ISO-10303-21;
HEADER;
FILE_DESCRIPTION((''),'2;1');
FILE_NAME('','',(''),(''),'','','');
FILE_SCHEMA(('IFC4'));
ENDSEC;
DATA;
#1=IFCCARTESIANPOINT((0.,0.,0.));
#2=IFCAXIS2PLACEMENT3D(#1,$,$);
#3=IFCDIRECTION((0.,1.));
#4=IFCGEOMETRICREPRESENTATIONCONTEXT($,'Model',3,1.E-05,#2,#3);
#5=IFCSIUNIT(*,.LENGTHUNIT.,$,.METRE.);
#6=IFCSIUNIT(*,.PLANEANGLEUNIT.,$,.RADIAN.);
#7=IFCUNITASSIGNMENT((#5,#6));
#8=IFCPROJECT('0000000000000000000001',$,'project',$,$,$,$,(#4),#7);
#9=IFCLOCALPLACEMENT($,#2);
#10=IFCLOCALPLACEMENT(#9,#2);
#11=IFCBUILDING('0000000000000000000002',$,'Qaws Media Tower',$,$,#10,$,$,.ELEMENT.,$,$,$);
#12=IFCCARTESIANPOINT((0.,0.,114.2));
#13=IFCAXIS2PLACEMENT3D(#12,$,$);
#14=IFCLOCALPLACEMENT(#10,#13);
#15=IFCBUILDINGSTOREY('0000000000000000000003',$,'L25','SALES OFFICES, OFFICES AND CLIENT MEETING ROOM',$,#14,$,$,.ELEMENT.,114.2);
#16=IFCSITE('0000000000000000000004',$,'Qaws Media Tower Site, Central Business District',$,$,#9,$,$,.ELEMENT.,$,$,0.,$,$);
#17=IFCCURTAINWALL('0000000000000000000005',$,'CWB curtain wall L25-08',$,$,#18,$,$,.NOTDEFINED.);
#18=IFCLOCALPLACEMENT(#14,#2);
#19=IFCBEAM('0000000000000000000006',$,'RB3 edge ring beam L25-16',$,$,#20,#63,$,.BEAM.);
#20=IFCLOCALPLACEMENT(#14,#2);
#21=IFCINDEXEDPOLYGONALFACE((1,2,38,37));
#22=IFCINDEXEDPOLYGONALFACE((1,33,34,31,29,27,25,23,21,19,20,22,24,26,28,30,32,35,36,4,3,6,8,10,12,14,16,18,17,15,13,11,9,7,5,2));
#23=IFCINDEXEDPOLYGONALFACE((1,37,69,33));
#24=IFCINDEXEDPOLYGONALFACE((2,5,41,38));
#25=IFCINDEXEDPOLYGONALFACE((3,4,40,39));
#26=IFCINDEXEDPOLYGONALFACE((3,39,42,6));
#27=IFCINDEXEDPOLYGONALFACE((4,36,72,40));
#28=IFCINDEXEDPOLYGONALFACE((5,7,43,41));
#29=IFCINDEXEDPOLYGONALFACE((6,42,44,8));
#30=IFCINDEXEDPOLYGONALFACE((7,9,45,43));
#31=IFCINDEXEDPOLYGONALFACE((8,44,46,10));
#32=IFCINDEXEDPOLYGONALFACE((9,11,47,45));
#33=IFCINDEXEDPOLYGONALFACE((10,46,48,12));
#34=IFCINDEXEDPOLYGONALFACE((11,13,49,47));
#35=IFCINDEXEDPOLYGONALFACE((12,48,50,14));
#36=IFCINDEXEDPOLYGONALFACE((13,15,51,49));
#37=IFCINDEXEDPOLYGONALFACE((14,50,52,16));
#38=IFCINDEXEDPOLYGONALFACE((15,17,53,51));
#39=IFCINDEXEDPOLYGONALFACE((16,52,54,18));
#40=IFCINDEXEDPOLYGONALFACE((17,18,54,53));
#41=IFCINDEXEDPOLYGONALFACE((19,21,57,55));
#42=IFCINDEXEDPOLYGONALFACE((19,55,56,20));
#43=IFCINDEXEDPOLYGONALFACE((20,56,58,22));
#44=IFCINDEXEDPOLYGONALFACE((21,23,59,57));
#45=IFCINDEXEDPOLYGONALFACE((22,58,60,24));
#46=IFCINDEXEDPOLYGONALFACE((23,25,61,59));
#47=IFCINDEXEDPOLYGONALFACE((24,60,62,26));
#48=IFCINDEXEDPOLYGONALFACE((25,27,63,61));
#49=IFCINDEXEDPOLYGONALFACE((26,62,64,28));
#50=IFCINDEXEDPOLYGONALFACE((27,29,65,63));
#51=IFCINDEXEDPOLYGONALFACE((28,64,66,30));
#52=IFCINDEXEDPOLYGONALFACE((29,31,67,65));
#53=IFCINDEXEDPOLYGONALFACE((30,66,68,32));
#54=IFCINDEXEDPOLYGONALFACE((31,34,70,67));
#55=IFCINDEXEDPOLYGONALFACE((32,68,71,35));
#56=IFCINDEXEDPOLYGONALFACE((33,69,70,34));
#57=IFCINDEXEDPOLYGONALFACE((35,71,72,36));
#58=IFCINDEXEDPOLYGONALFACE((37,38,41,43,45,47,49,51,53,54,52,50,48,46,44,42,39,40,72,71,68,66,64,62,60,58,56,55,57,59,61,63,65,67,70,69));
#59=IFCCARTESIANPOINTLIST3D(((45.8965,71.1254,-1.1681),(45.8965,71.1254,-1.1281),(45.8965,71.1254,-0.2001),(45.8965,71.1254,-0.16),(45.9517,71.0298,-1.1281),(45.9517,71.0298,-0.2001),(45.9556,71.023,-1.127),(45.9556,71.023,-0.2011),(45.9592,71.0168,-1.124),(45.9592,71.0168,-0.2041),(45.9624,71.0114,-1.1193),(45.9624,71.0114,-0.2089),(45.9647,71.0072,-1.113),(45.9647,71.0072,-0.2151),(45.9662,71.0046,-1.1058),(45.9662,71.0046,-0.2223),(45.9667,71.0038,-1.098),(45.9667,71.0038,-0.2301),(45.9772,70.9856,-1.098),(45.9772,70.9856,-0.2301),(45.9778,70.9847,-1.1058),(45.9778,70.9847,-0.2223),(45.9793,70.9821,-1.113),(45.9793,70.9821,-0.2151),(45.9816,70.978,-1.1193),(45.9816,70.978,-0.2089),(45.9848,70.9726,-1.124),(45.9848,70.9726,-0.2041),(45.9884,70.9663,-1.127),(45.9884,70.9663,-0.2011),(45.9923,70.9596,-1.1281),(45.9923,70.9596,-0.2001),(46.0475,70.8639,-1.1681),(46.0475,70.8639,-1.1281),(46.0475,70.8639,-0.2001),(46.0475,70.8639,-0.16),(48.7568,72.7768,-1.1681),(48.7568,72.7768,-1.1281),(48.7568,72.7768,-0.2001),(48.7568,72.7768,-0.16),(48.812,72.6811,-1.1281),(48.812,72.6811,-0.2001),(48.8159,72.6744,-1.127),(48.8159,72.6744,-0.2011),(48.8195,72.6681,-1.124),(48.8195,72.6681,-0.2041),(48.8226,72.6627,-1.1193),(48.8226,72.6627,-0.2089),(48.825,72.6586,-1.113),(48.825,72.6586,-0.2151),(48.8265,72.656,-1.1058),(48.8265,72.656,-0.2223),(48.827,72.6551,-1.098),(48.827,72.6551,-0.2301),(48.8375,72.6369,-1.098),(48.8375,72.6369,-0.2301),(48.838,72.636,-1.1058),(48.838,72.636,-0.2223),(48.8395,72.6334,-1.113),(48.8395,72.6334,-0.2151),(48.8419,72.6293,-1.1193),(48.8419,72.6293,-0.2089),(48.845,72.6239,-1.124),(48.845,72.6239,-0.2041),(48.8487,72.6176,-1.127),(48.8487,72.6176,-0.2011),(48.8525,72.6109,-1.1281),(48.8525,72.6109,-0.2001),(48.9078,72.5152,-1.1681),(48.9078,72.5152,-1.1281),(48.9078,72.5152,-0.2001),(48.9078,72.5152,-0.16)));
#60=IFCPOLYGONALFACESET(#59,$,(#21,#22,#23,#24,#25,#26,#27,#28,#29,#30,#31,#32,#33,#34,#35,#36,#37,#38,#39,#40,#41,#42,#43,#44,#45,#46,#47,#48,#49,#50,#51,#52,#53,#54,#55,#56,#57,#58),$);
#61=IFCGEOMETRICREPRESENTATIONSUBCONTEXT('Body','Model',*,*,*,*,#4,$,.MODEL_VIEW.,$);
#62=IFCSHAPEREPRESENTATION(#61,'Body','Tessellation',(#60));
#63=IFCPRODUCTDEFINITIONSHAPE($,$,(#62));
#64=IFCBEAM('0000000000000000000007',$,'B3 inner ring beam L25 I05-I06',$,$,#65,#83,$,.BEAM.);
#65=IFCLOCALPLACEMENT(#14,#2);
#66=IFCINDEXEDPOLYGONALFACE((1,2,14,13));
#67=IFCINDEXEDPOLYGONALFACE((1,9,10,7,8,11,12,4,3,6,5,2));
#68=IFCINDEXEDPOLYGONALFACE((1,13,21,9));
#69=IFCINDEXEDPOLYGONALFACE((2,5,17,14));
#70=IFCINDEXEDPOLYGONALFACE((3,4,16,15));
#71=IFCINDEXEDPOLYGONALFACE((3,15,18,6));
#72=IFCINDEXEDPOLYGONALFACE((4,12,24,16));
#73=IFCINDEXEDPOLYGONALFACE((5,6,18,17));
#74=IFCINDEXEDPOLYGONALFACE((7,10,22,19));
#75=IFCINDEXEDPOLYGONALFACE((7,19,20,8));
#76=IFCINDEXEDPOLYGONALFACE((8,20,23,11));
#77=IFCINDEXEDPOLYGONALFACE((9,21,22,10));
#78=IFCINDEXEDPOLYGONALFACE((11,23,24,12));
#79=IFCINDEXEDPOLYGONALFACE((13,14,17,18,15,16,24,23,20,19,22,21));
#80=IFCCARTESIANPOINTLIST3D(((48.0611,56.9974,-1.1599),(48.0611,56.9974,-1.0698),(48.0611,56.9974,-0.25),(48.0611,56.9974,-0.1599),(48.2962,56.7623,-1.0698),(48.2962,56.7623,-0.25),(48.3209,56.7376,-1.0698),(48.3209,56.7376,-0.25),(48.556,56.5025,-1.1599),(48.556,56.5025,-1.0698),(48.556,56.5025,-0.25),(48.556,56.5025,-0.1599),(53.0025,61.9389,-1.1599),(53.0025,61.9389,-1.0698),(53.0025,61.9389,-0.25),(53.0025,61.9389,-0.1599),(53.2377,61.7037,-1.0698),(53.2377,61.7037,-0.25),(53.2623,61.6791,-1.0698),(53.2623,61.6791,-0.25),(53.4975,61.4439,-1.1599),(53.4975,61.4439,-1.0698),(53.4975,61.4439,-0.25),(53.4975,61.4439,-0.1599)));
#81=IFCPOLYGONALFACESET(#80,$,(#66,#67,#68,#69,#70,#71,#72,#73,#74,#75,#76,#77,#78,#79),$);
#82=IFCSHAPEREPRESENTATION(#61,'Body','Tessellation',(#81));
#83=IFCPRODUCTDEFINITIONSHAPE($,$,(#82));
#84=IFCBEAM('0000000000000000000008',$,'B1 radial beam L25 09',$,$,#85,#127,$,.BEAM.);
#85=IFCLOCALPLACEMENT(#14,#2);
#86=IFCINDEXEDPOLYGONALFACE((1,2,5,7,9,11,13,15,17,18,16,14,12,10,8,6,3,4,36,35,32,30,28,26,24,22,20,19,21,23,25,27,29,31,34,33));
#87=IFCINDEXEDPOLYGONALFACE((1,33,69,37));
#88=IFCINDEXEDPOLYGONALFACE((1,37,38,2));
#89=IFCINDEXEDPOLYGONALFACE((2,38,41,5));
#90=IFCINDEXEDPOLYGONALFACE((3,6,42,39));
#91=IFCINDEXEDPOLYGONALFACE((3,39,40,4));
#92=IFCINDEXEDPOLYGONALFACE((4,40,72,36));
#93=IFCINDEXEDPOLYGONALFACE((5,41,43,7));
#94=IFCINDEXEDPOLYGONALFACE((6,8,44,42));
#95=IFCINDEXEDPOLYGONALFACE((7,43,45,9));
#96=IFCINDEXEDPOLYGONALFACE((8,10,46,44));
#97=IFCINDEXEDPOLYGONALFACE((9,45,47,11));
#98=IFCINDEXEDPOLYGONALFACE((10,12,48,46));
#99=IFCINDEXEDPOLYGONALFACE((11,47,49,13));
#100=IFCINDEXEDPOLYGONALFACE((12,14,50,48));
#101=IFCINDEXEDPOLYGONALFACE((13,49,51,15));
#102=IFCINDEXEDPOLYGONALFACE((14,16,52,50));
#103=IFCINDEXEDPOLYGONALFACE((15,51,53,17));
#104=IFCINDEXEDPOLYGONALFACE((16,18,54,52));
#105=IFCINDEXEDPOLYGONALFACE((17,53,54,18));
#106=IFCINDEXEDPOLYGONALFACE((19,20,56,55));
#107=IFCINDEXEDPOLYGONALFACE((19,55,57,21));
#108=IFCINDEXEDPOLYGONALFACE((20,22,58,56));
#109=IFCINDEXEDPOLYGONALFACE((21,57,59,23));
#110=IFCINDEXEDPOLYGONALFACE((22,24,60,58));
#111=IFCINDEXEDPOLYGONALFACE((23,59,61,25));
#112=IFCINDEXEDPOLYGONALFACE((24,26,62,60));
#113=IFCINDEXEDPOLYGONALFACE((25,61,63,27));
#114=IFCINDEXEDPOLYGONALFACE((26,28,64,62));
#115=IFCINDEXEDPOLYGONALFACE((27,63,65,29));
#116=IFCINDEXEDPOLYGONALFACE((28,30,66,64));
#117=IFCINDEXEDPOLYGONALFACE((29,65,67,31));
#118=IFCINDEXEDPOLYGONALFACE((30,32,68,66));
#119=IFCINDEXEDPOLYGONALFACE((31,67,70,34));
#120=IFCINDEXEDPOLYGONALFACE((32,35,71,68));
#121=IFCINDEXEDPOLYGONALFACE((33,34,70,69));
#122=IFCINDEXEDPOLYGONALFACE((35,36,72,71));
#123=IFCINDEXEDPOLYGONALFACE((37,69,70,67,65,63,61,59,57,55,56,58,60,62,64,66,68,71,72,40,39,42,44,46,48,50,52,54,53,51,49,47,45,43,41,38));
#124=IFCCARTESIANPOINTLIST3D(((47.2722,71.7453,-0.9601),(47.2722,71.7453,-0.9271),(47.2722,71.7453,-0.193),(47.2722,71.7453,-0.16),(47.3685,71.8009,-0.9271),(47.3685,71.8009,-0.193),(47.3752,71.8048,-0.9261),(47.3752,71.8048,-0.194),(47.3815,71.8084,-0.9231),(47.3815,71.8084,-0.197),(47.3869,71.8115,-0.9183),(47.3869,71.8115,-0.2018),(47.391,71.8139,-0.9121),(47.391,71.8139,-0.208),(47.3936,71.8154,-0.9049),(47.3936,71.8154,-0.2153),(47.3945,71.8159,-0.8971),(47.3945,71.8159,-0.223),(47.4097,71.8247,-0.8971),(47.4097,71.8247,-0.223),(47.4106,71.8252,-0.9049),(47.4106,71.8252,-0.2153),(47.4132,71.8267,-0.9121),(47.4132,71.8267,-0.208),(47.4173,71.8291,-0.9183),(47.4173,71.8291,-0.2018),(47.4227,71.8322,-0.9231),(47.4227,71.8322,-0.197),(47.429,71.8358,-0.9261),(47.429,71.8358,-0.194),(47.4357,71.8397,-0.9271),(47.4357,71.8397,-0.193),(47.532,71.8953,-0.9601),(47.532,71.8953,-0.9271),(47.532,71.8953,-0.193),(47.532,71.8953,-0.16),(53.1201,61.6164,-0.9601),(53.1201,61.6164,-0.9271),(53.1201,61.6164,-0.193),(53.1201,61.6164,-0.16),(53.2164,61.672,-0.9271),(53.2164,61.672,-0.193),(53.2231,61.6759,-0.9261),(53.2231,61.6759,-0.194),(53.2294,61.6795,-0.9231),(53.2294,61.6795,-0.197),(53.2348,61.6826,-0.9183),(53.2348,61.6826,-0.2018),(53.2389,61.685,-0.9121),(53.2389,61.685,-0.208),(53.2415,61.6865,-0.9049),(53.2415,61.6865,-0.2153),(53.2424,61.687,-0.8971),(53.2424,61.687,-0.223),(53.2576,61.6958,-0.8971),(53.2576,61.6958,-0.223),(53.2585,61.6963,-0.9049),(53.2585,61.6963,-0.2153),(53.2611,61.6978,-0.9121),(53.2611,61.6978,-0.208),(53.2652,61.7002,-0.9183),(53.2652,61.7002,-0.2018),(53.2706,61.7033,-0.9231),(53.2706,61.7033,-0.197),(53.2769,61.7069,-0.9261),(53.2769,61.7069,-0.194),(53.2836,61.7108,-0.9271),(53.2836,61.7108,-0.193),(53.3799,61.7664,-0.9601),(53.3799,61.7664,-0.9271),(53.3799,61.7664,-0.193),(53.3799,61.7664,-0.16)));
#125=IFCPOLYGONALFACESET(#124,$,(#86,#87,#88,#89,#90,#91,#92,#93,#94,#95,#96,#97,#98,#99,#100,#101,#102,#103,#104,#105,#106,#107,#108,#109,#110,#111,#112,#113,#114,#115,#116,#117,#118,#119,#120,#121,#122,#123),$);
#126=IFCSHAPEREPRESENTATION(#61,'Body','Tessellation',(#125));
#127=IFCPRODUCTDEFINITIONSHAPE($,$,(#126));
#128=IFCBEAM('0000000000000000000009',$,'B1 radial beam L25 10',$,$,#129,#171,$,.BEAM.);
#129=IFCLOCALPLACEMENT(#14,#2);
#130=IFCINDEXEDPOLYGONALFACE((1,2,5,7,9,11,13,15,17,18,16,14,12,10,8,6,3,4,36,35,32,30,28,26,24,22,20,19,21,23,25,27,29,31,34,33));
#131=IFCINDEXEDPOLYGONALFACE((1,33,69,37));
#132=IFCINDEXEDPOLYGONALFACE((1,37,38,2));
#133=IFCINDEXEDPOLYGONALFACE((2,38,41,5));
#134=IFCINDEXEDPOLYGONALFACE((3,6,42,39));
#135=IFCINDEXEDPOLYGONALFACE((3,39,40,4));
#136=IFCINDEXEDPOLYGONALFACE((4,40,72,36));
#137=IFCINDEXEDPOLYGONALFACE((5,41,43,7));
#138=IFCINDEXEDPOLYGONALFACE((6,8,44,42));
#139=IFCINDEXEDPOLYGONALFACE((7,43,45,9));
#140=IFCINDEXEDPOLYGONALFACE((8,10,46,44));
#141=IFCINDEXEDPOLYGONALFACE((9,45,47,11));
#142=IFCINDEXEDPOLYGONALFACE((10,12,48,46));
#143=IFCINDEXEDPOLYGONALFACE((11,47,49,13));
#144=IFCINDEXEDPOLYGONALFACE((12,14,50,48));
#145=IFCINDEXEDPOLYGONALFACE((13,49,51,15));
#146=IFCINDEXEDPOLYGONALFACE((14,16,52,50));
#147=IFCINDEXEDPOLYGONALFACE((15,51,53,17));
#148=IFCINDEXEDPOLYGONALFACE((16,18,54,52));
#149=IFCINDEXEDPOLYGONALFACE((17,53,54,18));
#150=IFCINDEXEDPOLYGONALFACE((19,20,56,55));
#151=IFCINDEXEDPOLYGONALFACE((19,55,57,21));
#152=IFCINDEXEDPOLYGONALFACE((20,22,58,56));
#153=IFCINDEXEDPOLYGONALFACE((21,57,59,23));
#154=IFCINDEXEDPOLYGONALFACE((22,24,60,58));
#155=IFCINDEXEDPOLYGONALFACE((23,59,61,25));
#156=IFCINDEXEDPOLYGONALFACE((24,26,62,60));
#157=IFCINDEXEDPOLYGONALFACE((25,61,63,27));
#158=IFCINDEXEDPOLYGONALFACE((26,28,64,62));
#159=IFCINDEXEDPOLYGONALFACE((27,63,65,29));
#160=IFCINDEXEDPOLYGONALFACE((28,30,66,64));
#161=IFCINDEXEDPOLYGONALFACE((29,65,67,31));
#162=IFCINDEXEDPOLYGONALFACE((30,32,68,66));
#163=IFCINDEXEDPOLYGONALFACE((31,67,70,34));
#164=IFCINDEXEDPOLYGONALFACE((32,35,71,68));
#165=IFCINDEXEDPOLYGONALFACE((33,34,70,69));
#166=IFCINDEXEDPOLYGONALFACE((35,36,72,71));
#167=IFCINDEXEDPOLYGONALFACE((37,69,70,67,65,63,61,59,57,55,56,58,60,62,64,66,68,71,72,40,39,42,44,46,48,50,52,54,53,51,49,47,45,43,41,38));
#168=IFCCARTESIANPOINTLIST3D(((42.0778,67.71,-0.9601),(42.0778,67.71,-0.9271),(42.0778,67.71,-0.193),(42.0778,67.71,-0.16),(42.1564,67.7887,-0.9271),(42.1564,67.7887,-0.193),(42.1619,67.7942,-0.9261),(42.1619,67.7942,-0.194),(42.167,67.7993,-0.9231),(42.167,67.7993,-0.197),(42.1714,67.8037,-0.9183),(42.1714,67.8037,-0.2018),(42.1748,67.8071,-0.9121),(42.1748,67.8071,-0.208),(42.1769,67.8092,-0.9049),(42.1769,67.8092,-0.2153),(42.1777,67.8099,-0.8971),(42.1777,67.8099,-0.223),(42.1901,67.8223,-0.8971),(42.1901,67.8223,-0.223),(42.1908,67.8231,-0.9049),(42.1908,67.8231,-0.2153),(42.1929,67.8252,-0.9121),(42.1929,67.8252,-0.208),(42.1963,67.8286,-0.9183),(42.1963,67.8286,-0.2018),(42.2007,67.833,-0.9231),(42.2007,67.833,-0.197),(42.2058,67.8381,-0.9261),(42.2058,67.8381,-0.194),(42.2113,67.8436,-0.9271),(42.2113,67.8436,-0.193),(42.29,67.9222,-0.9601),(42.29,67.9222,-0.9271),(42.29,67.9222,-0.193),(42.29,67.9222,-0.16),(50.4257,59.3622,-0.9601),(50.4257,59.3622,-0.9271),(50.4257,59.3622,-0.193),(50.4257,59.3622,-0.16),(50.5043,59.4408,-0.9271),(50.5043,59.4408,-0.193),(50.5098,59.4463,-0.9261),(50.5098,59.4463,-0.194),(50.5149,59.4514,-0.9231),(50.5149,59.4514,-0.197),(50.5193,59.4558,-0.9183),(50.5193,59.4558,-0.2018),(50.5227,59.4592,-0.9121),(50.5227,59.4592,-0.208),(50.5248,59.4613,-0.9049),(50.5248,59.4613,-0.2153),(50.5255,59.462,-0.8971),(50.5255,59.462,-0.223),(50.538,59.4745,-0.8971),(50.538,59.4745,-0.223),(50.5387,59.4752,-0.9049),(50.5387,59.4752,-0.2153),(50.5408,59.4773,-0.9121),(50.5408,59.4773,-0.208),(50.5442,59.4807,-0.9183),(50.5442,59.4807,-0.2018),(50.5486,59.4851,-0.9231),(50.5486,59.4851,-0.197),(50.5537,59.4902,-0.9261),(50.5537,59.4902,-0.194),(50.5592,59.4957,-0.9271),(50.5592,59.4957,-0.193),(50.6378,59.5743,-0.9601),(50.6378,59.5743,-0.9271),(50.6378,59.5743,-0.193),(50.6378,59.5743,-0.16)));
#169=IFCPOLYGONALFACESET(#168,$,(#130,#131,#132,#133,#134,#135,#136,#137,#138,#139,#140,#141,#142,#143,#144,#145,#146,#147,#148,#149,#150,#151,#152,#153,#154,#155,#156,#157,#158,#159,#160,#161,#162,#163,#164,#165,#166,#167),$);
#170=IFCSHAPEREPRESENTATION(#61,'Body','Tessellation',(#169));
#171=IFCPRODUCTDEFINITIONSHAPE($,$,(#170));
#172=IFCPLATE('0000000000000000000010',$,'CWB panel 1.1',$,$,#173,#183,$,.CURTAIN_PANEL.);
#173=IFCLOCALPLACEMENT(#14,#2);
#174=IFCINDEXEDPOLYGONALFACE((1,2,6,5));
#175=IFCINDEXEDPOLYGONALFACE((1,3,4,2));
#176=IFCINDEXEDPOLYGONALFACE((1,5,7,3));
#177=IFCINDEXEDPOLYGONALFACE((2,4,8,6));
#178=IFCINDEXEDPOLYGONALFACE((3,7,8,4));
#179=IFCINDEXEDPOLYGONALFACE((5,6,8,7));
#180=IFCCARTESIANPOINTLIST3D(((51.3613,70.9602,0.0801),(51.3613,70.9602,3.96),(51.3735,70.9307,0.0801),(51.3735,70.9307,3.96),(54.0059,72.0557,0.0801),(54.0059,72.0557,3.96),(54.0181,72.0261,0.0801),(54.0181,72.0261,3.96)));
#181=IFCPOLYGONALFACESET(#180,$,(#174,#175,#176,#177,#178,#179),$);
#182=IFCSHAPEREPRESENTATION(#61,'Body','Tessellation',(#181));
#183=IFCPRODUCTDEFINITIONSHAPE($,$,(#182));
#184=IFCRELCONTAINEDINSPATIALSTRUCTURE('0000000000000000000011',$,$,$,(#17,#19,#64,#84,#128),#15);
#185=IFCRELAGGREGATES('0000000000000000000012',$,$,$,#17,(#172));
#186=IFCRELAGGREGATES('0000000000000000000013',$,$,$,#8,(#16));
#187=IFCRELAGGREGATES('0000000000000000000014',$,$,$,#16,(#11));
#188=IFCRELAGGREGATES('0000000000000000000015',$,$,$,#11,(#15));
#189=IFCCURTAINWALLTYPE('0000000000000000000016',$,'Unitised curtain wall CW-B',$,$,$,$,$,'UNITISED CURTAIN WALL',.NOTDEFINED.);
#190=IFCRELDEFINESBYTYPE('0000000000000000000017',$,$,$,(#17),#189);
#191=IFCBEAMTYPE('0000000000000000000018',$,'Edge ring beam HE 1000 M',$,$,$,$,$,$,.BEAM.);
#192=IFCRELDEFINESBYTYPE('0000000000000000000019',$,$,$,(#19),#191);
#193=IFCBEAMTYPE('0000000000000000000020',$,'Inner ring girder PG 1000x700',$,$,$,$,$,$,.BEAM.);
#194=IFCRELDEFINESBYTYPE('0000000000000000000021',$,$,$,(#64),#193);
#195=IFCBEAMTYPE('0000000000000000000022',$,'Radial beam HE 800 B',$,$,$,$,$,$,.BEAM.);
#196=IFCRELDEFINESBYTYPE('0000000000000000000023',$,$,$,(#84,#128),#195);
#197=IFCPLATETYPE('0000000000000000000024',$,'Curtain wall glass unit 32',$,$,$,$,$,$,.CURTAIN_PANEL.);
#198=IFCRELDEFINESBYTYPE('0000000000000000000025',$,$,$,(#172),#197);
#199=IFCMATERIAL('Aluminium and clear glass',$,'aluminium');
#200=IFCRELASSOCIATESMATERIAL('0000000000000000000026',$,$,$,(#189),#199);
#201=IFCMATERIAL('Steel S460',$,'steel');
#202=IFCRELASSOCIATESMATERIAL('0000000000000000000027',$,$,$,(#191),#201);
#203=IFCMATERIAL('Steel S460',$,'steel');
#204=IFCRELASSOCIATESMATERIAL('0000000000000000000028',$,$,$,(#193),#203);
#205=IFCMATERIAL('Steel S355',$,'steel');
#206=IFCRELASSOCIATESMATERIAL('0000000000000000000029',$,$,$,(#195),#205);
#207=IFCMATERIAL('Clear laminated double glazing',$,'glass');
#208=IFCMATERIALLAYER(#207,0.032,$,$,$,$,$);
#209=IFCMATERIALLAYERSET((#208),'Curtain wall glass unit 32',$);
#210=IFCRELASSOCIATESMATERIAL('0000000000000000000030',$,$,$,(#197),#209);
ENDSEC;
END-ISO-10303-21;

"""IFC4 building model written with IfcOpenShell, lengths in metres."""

from ifc_helpers import new_model, si_unit, direction, frame, origin, origin_2d, place, context, subcontext, project, spatial, rectangle, i_section, extrude, material, layer, layer_set, material_profile, profile_set, type_object, element, aggregate, save


model = new_model("IFC4")

# Units and contexts
model_context = context("Model", 3, precision=1e-05, world=origin(), true_north=direction((0.0, 1.0)))
body_context = subcontext(model_context, "Body", "Model", "MODEL_VIEW")
ifc_project = project(units=[si_unit("LENGTHUNIT", "METRE"), si_unit("PLANEANGLEUNIT", "RADIAN")], contexts=[model_context])

# Site, building, storey
site_placement = place(None, origin())
site = spatial("IfcSite", under=ifc_project, at=site_placement, Name="Qaws Media Tower Site, Central Business District", CompositionType="ELEMENT", RefElevation=0.0)
building_placement = place(site_placement, origin())
building = spatial("IfcBuilding", under=site, at=building_placement, Name="Qaws Media Tower", CompositionType="ELEMENT")
storey_placement = place(building_placement, frame((0.0, 0.0, 114.2)))
storey = spatial("IfcBuildingStorey", under=building, at=storey_placement, Name="L25", Description="SALES OFFICES, OFFICES AND CLIENT MEETING ROOM", CompositionType="ELEMENT", Elevation=114.2)

# Curtain wall
ifc_material_1 = material(Name="Aluminium and clear glass", Category="aluminium")
curtain_wall_type = type_object("IfcCurtainWallType", Name="Unitised curtain wall CW-B", ElementType="UNITISED CURTAIN WALL", PredefinedType="NOTDEFINED", material=ifc_material_1)
curtain_wall_1_placement = place(storey_placement, origin())
curtain_wall_1 = element("IfcCurtainWall", 1, at=curtain_wall_1_placement, inside=storey, type_object=curtain_wall_type, Name="CWB curtain wall L25-08", PredefinedType="NOTDEFINED")

# Beams
ifc_material_2 = material(Name="Steel S460", Category="steel")
ifc_material_profile_1 = material_profile(ifc_material_2, i_section(OverallWidth=0.302, OverallDepth=1.0081, WebThickness=0.021, FlangeThickness=0.04, FilletRadius=0.03, at=origin_2d()), Name="HE 1000 M")
ifc_profile_set_1 = profile_set([ifc_material_profile_1], Name="Steel S460")
beam_type_1 = type_object("IfcBeamType", Name="Edge ring beam HE 1000 M", PredefinedType="BEAM", material=ifc_profile_set_1)
for number, where, z_axis, x_axis, name in (
    (2, (48.8323, 72.646, -0.6641), (-0.866033, -0.499987, 0.0), (0.499987, -0.866033, 0.0), "RB3 edge ring beam L25-16"),
):
    element("IfcBeam", number, at=place(storey_placement, frame(where, z_axis=z_axis, x_axis=x_axis)), inside=storey, type_object=beam_type_1, Name=name, PredefinedType="BEAM", context=body_context, shape_type="SweptSolid", body=[
        extrude(i_section(OverallWidth=0.302, OverallDepth=1.0081, WebThickness=0.021, FlangeThickness=0.04, FilletRadius=0.03, at=origin_2d()), origin(), (0.0, 0.0, 1.0), 3.3027),
    ])
ifc_material_3 = material(Name="Steel S460", Category="steel")
ifc_material_profile_2 = material_profile(ifc_material_3, i_section(OverallWidth=0.7, OverallDepth=1.0, WebThickness=0.0349, FlangeThickness=0.0901, at=origin_2d()), Name="PG 1000x700")
ifc_profile_set_2 = profile_set([ifc_material_profile_2], Name="Steel S460")
beam_type_2 = type_object("IfcBeamType", Name="Inner ring girder PG 1000x700", PredefinedType="BEAM", material=ifc_profile_set_2)
beam_1_placement = place(storey_placement, frame((53.25, 61.6914, -0.6599), z_axis=(-0.707107, -0.707107, 0.0), x_axis=(0.707107, -0.707107, 0.0)))
element("IfcBeam", 3, at=beam_1_placement, inside=storey, type_object=beam_type_2, Name="B3 inner ring beam L25 I05-I06", PredefinedType="BEAM", context=body_context, shape_type="SweptSolid", body=[
    extrude(i_section(OverallWidth=0.7, OverallDepth=1.0, WebThickness=0.0349, FlangeThickness=0.0901, at=origin_2d()), origin(), (0.0, 0.0, 1.0), 6.9883),
])
ifc_material_4 = material(Name="Steel S355", Category="steel")
ifc_material_profile_3 = material_profile(ifc_material_4, i_section(OverallWidth=0.3, OverallDepth=0.8, WebThickness=0.0176, FlangeThickness=0.033, FilletRadius=0.03, at=origin_2d()), Name="HE 800 B")
ifc_profile_set_3 = profile_set([ifc_material_profile_3], Name="Steel S355")
beam_type_3 = type_object("IfcBeamType", Name="Radial beam HE 800 B", PredefinedType="BEAM", material=ifc_profile_set_3)
beam_2_placement = place(storey_placement, frame((53.25, 61.6914, -0.5601), z_axis=(-0.499998, 0.866026, 0.0), x_axis=(-0.866026, -0.499998, 0.0)))
element("IfcBeam", 4, at=beam_2_placement, inside=storey, type_object=beam_type_3, Name="B1 radial beam L25 09", PredefinedType="BEAM", context=body_context, shape_type="SweptSolid", body=[
    extrude(i_section(OverallWidth=0.3, OverallDepth=0.8, WebThickness=0.0176, FlangeThickness=0.033, FilletRadius=0.03, at=origin_2d()), origin(), (0.0, 0.0, 1.0), 11.6958),
])
beam_3_placement = place(storey_placement, frame((50.5317, 59.4683, -0.5601), z_axis=(-0.707107, 0.707107, 0.0), x_axis=(-0.707107, -0.707107, 0.0)))
element("IfcBeam", 5, at=beam_3_placement, inside=storey, type_object=beam_type_3, Name="B1 radial beam L25 10", PredefinedType="BEAM", context=body_context, shape_type="SweptSolid", body=[
    extrude(i_section(OverallWidth=0.3, OverallDepth=0.8, WebThickness=0.0176, FlangeThickness=0.033, FilletRadius=0.03, at=origin_2d()), origin(), (0.0, 0.0, 1.0), 11.8057),
])

# Plate
ifc_material_5 = material(Name="Clear laminated double glazing", Category="glass")
ifc_layer_1 = layer(ifc_material_5, 0.032)
ifc_layer_set_1 = layer_set([ifc_layer_1], Name="Curtain wall glass unit 32")
plate_type = type_object("IfcPlateType", Name="Curtain wall glass unit 32", PredefinedType="CURTAIN_PANEL", material=ifc_layer_set_1)
plate_1_placement = place(storey_placement, frame((52.6897, 71.4932, 0.0801), z_axis=(0.0, 0.0, 1.0), x_axis=(-0.92388, -0.382683, 0.0)))
plate_1 = element("IfcPlate", 6, at=plate_1_placement, type_object=plate_type, Name="CWB panel 1.1", PredefinedType="CURTAIN_PANEL", context=body_context, shape_type="SweptSolid", body=[
    extrude(rectangle(XDim=2.8625, YDim=0.032, at=origin_2d()), origin(), (0.0, 0.0, 1.0), 3.8799),
])
aggregate(curtain_wall_1, [plate_1])

save(model, "model.ifc")
